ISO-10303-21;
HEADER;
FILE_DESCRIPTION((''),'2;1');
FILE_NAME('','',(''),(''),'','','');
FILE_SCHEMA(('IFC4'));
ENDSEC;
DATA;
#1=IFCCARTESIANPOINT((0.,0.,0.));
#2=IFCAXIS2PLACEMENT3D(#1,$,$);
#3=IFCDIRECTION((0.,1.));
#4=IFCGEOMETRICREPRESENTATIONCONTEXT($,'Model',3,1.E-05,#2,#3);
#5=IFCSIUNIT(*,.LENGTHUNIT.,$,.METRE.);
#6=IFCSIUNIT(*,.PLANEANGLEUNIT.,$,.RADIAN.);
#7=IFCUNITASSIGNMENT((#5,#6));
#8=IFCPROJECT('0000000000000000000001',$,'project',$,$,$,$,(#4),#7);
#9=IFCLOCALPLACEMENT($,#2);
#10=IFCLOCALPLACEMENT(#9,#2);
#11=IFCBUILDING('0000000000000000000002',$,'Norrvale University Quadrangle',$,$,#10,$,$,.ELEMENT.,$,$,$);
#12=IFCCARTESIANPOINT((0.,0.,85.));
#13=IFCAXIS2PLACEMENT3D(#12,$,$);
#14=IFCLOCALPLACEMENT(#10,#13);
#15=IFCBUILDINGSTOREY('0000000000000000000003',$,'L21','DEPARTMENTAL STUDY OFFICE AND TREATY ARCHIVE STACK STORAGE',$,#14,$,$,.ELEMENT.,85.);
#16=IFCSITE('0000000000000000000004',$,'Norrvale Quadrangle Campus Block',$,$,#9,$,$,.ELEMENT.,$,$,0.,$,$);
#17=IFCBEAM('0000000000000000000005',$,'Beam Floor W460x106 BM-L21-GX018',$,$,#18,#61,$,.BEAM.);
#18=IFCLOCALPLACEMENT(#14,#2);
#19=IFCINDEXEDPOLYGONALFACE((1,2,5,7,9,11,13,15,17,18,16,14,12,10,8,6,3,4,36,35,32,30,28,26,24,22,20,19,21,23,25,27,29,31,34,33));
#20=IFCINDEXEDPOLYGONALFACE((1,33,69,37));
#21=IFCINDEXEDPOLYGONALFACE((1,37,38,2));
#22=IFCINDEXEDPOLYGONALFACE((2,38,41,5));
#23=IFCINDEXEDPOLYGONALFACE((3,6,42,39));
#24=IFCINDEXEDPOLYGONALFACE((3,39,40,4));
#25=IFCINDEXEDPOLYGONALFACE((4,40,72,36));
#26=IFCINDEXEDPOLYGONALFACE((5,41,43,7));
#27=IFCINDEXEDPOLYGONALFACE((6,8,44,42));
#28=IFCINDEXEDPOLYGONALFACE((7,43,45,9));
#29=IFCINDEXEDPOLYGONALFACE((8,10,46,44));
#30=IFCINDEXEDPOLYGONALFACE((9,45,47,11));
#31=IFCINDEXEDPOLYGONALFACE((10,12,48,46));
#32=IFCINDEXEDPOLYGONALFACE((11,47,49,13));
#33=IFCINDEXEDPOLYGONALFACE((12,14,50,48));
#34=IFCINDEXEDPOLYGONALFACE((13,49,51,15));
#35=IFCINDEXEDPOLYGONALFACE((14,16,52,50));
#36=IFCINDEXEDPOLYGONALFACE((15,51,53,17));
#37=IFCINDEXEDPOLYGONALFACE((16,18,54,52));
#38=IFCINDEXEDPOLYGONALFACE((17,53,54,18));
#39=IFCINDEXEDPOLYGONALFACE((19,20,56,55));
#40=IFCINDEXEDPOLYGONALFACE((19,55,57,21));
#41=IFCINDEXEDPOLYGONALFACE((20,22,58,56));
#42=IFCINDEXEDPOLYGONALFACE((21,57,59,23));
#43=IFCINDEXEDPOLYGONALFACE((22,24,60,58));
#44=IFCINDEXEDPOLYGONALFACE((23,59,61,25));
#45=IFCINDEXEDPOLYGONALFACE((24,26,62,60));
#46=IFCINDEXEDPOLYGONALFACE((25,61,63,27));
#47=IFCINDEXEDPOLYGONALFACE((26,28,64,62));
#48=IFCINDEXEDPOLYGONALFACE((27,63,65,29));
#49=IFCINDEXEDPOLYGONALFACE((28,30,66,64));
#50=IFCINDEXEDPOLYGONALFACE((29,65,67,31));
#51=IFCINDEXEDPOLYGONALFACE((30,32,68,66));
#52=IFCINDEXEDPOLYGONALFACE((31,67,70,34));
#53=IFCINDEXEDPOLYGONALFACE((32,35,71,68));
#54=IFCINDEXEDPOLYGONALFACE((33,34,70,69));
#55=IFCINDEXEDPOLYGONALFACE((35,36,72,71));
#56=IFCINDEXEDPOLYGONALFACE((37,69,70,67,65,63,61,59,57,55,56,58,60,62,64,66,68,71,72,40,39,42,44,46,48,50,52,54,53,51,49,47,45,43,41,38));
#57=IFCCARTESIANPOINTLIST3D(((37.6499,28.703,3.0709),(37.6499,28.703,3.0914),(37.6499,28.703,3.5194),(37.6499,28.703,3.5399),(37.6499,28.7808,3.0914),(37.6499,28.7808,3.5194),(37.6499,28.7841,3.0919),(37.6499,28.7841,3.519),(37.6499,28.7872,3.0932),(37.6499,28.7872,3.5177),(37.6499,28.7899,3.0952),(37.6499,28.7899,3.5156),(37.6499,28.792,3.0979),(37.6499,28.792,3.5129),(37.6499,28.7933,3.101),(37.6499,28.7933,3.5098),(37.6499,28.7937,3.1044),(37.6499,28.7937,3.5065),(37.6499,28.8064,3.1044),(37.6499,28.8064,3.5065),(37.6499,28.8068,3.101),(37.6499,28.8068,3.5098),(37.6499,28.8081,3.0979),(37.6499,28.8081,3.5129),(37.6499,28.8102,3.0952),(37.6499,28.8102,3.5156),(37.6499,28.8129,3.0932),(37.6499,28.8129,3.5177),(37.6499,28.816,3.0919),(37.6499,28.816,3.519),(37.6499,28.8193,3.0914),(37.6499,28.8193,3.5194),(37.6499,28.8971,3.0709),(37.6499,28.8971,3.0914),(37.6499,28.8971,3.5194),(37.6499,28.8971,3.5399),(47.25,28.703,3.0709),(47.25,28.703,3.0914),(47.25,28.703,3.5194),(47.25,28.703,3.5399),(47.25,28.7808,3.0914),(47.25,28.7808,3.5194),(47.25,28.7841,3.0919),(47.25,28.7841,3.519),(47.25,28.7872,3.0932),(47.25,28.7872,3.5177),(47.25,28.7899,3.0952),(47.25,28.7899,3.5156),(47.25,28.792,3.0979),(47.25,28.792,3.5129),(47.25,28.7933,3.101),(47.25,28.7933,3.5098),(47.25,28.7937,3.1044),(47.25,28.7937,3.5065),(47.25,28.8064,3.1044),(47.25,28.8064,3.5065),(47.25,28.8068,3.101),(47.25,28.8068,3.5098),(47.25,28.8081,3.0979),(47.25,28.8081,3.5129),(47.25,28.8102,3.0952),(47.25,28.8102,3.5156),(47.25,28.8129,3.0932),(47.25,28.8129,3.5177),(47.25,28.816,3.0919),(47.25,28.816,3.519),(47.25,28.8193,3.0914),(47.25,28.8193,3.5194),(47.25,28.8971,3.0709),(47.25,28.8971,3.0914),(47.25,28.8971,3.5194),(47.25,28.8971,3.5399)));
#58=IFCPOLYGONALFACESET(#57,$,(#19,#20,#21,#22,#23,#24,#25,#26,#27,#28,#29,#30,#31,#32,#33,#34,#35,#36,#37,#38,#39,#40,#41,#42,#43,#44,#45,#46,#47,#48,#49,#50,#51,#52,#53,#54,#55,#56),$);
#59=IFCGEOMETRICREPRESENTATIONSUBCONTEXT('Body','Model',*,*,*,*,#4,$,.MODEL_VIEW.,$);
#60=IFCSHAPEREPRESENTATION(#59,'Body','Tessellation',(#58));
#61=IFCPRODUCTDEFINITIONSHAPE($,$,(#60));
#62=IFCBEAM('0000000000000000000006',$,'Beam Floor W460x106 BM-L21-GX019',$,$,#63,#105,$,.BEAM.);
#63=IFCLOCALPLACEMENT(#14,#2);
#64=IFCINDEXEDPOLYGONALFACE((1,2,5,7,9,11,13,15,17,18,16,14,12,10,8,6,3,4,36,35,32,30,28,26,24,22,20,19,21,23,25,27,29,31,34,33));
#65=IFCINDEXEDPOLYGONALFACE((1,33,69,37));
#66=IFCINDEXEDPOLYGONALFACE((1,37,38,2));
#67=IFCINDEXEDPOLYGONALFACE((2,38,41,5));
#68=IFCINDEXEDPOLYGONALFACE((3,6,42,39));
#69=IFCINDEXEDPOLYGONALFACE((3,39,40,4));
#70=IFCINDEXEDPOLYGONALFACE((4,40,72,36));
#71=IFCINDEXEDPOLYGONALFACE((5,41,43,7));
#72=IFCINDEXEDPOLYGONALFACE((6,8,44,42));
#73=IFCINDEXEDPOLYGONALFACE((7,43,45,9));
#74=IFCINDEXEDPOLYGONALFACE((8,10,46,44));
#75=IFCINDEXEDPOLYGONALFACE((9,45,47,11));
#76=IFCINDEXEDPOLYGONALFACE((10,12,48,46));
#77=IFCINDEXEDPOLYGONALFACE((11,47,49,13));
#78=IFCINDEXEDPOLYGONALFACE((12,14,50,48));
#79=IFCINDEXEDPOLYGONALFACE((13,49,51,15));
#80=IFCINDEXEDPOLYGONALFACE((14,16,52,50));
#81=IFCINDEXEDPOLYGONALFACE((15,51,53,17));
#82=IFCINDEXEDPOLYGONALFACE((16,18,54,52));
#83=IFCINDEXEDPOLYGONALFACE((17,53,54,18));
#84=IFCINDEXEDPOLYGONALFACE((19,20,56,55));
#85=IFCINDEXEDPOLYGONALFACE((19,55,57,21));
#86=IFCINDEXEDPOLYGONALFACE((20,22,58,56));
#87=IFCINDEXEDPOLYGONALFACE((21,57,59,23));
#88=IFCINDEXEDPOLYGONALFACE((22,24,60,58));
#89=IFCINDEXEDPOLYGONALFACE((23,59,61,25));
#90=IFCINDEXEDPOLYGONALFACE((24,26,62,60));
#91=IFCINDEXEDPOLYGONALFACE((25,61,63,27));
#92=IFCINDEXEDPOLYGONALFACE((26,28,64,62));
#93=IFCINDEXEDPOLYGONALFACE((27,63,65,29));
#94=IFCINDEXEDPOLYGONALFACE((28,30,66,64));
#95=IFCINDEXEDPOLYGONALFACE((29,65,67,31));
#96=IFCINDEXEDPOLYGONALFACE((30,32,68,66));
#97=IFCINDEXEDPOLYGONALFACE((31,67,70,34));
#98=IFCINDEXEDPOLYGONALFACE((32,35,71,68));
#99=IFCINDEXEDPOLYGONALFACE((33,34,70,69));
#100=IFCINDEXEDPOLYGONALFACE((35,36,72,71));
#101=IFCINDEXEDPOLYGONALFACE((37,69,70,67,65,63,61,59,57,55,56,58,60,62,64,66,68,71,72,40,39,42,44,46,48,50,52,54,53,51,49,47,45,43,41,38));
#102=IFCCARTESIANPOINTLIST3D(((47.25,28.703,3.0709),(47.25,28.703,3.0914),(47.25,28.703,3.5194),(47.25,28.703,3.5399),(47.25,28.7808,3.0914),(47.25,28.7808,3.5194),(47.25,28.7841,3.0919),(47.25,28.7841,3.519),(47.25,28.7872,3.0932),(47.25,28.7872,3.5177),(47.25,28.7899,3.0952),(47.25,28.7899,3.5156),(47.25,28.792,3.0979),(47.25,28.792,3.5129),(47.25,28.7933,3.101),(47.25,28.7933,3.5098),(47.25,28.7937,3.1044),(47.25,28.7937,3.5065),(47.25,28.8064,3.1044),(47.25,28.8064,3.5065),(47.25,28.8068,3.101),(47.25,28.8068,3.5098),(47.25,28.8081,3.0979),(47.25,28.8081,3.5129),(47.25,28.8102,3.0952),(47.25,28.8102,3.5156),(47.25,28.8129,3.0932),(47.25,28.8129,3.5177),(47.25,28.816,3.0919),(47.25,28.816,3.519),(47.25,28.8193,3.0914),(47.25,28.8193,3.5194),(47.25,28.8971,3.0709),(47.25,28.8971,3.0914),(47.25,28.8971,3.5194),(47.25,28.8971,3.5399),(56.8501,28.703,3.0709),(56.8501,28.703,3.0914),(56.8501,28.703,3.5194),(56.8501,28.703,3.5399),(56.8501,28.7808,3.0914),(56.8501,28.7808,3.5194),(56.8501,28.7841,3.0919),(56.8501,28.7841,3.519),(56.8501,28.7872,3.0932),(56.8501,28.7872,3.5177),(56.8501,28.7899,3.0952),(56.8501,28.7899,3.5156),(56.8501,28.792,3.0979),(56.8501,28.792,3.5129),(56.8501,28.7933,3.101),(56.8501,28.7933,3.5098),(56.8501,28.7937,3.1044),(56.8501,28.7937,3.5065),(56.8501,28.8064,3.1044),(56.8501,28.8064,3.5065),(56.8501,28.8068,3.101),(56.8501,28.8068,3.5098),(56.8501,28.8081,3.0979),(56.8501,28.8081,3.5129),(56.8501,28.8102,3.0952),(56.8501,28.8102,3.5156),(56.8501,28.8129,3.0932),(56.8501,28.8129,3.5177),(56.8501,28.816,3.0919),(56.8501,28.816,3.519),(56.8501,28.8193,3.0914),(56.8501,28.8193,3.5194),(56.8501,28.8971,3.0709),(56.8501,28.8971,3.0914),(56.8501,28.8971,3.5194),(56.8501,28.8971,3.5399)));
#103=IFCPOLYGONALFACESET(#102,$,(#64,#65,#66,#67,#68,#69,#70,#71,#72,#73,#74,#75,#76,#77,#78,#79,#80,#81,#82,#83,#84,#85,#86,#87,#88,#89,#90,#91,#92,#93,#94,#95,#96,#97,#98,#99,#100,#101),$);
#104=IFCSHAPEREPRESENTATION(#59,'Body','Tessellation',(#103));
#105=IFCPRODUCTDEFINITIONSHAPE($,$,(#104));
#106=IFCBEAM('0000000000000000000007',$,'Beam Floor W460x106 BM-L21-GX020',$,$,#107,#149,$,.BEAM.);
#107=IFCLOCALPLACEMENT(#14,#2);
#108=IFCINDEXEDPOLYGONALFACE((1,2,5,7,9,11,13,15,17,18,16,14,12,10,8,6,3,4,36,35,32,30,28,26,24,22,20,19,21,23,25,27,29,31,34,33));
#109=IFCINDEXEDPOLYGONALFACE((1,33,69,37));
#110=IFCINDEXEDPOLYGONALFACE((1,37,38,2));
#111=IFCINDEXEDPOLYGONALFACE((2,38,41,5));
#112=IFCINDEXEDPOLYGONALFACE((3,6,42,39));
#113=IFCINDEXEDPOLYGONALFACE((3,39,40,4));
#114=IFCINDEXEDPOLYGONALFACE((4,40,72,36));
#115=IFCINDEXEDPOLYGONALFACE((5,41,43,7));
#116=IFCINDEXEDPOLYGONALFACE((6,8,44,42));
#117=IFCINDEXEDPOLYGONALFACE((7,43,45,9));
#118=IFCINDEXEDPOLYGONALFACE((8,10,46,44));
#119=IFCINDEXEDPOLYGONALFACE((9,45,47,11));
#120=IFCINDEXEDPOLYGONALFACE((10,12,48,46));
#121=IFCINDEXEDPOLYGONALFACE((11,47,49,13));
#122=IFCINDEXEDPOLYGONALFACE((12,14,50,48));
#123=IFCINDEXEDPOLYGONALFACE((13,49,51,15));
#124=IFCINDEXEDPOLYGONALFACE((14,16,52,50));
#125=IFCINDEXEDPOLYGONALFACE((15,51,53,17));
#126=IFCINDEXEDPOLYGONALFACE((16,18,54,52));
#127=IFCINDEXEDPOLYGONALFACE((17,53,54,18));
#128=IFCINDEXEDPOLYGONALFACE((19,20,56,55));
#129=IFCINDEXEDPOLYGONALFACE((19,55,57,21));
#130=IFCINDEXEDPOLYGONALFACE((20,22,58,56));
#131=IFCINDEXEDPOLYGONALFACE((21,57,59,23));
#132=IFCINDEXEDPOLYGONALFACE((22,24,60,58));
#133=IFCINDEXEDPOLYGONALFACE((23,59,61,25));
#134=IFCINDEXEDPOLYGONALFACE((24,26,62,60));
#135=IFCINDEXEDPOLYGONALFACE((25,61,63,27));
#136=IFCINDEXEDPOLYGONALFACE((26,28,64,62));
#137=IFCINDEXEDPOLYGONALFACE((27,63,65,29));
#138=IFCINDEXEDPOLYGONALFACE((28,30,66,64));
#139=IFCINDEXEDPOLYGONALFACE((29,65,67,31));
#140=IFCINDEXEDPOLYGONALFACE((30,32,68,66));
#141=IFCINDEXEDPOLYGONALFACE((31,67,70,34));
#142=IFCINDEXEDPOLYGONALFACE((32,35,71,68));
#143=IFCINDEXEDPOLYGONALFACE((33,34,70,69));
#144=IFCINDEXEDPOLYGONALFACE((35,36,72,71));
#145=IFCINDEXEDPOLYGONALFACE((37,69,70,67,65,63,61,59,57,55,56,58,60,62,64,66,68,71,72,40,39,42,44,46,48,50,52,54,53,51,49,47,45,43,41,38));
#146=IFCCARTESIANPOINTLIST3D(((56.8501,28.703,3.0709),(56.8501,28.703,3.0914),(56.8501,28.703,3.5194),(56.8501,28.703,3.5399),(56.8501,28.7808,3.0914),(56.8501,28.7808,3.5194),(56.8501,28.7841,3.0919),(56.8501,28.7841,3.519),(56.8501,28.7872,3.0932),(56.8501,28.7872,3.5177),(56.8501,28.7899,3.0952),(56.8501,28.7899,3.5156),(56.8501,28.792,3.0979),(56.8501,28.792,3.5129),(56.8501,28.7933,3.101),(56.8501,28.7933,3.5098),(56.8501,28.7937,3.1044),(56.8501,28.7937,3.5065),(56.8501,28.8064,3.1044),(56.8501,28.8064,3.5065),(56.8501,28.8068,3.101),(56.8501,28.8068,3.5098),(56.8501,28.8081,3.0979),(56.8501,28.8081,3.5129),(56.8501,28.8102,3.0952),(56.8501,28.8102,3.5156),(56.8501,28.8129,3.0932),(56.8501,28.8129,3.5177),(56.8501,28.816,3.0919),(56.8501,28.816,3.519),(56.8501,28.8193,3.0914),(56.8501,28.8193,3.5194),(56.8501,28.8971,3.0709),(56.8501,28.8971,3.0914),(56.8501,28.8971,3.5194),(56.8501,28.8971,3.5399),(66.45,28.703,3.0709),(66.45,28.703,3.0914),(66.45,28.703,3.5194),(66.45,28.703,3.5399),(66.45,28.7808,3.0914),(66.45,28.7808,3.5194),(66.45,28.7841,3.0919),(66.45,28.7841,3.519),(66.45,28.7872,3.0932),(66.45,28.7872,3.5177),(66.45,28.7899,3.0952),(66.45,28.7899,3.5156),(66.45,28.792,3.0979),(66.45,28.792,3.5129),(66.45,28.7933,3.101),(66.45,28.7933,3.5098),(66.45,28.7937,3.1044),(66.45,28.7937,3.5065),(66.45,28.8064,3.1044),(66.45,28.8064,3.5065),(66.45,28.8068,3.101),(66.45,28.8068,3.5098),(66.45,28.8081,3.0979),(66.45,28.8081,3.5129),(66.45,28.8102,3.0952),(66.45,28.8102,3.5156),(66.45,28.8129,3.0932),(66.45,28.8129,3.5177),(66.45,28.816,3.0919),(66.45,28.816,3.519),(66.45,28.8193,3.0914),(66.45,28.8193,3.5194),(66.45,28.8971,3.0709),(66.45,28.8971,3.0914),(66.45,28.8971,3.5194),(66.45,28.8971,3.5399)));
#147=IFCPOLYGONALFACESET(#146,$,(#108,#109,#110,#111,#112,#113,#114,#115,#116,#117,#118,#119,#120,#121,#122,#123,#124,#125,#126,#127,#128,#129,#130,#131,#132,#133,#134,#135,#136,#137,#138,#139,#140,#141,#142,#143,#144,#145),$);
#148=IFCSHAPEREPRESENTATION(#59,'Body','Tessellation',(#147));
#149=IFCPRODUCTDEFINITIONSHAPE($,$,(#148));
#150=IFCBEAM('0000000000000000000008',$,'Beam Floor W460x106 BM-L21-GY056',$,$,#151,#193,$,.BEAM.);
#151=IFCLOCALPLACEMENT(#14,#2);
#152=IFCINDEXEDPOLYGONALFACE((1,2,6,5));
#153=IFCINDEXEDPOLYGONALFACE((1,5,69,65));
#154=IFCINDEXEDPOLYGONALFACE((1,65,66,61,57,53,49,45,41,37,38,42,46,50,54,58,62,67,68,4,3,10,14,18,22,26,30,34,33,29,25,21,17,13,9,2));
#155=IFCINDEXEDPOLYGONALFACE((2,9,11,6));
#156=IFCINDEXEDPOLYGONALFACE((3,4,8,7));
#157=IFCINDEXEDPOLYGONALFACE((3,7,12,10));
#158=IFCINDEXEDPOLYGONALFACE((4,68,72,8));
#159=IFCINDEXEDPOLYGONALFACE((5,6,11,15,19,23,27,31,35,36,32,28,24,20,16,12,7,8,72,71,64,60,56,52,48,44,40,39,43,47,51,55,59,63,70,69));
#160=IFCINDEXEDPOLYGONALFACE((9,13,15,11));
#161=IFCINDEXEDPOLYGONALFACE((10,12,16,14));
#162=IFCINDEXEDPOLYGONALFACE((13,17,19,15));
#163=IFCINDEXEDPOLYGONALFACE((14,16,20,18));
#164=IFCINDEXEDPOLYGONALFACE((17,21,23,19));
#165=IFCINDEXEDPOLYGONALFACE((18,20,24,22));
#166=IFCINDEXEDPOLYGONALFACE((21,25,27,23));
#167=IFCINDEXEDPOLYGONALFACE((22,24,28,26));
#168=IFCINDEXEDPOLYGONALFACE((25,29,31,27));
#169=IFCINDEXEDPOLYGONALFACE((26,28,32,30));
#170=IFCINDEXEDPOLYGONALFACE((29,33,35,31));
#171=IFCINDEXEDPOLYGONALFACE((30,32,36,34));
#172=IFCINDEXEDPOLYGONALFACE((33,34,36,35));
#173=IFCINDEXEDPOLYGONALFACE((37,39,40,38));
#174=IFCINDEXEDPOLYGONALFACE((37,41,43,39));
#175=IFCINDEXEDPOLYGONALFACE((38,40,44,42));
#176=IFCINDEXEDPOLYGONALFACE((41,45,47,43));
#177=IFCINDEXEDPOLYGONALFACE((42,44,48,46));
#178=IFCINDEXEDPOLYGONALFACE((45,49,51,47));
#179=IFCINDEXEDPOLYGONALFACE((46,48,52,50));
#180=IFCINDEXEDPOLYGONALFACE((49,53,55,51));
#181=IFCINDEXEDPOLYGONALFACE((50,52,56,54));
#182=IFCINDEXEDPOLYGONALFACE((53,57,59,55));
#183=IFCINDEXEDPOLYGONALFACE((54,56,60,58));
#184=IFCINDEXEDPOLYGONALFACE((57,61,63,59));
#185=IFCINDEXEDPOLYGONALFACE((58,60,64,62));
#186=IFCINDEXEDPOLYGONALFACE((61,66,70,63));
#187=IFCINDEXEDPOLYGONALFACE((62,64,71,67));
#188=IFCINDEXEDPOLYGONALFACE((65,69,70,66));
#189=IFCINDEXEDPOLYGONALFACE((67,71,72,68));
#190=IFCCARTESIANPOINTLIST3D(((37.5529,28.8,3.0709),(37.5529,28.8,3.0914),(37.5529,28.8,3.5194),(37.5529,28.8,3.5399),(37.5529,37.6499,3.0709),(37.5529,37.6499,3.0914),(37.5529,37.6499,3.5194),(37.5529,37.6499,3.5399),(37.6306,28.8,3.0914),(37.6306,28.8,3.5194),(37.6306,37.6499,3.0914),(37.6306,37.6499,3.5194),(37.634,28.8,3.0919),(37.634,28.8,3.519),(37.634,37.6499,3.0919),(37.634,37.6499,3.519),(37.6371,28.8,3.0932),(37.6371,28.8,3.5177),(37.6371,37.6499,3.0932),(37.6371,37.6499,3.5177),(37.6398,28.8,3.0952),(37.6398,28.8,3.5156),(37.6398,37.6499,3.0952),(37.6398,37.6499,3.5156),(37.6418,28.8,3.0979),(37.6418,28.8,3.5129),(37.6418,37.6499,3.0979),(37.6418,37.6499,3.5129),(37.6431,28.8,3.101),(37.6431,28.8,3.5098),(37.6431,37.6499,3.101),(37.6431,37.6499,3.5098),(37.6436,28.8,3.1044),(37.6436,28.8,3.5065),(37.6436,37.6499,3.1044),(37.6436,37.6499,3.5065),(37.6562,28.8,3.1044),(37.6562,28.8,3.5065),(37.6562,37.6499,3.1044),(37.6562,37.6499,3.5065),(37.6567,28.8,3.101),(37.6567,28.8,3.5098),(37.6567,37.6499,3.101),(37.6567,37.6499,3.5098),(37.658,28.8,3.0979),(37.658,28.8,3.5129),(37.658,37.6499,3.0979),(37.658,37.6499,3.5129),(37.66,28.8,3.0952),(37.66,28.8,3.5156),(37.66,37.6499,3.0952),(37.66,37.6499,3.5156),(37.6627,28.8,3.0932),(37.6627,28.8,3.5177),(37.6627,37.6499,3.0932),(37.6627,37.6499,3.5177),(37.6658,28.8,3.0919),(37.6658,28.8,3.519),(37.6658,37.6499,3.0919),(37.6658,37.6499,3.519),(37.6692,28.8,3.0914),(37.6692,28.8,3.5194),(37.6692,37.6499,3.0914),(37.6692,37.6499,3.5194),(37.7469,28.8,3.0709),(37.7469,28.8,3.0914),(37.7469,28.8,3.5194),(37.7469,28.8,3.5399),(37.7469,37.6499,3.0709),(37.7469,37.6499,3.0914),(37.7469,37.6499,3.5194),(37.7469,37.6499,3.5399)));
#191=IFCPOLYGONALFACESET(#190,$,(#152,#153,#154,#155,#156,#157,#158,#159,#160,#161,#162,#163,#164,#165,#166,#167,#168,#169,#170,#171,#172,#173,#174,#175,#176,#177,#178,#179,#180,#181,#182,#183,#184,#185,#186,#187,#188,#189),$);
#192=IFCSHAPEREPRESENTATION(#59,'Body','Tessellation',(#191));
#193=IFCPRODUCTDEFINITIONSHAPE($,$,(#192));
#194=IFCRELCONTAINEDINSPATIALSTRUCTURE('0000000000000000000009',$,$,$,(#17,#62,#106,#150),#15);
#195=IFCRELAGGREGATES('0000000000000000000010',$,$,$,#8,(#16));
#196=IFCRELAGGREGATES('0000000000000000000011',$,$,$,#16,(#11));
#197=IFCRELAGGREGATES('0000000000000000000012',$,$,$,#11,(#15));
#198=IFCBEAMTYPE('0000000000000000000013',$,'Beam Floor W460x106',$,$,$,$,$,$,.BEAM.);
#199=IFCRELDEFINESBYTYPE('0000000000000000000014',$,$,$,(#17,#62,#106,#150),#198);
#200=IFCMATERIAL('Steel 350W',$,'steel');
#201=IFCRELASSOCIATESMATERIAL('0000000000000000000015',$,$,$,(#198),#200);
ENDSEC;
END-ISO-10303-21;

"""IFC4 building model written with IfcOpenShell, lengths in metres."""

from ifc_helpers import new_model, si_unit, direction, frame, origin, origin_2d, place, context, subcontext, project, spatial, i_section, extrude, material, material_profile, profile_set, type_object, element, save


model = new_model("IFC4")

# Units and contexts
model_context = context("Model", 3, precision=1e-05, world=origin(), true_north=direction((0.0, 1.0)))
body_context = subcontext(model_context, "Body", "Model", "MODEL_VIEW")
ifc_project = project(units=[si_unit("LENGTHUNIT", "METRE"), si_unit("PLANEANGLEUNIT", "RADIAN")], contexts=[model_context])

# Site, building, storey
site_placement = place(None, origin())
site = spatial("IfcSite", under=ifc_project, at=site_placement, Name="Norrvale Quadrangle Campus Block", CompositionType="ELEMENT", RefElevation=0.0)
building_placement = place(site_placement, origin())
building = spatial("IfcBuilding", under=site, at=building_placement, Name="Norrvale University Quadrangle", CompositionType="ELEMENT")
storey_placement = place(building_placement, frame((0.0, 0.0, 85.0)))
storey = spatial("IfcBuildingStorey", under=building, at=storey_placement, Name="L21", Description="DEPARTMENTAL STUDY OFFICE AND TREATY ARCHIVE STACK STORAGE", CompositionType="ELEMENT", Elevation=85.0)

# Beams
ifc_material_1 = material(Name="Steel 350W", Category="steel")
ifc_material_profile_1 = material_profile(ifc_material_1, i_section(OverallWidth=0.1941, OverallDepth=0.469, WebThickness=0.0127, FlangeThickness=0.0205, FilletRadius=0.0129, at=origin_2d()), Name="Steel 350W")
ifc_profile_set_1 = profile_set([ifc_material_profile_1], Name="Steel 350W")
beam_type_1 = type_object("IfcBeamType", Name="Beam Floor W460x106", PredefinedType="BEAM", material=ifc_profile_set_1)
for number, where, z_axis, x_axis, name in (
    (1, (37.6499, 28.8, 3.3054), (1.0, 0.0, 0.0), (0.0, 1.0, 0.0), "Beam Floor W460x106 BM-L21-GX018"),
    (2, (47.25, 28.8, 3.3054), (1.0, 0.0, 0.0), (0.0, 1.0, 0.0), "Beam Floor W460x106 BM-L21-GX019"),
):
    element("IfcBeam", number, at=place(storey_placement, frame(where, z_axis=z_axis, x_axis=x_axis)), inside=storey, type_object=beam_type_1, Name=name, PredefinedType="BEAM", context=body_context, shape_type="SweptSolid", body=[
        extrude(i_section(OverallWidth=0.1941, OverallDepth=0.469, WebThickness=0.0127, FlangeThickness=0.0205, FilletRadius=0.0129, at=origin_2d()), origin(), (0.0, 0.0, 1.0), 9.6001),
    ])
beam_1_placement = place(storey_placement, frame((56.8501, 28.8, 3.3054), z_axis=(1.0, 0.0, 0.0), x_axis=(0.0, 1.0, 0.0)))
element("IfcBeam", 3, at=beam_1_placement, inside=storey, type_object=beam_type_1, Name="Beam Floor W460x106 BM-L21-GX020", PredefinedType="BEAM", context=body_context, shape_type="SweptSolid", body=[
    extrude(i_section(OverallWidth=0.1941, OverallDepth=0.469, WebThickness=0.0127, FlangeThickness=0.0205, FilletRadius=0.0129, at=origin_2d()), origin(), (0.0, 0.0, 1.0), 9.5999),
])
for number, where, z_axis, x_axis, name in (
    (4, (37.6499, 28.8, 3.3054), (0.0, 1.0, 0.0), (-1.0, 0.0, 0.0), "Beam Floor W460x106 BM-L21-GY056"),
):
    element("IfcBeam", number, at=place(storey_placement, frame(where, z_axis=z_axis, x_axis=x_axis)), inside=storey, type_object=beam_type_1, Name=name, PredefinedType="BEAM", context=body_context, shape_type="SweptSolid", body=[
        extrude(i_section(OverallWidth=0.1941, OverallDepth=0.469, WebThickness=0.0127, FlangeThickness=0.0205, FilletRadius=0.0129, at=origin_2d()), origin(), (0.0, 0.0, 1.0), 8.8499),
    ])

save(model, "model.ifc")
